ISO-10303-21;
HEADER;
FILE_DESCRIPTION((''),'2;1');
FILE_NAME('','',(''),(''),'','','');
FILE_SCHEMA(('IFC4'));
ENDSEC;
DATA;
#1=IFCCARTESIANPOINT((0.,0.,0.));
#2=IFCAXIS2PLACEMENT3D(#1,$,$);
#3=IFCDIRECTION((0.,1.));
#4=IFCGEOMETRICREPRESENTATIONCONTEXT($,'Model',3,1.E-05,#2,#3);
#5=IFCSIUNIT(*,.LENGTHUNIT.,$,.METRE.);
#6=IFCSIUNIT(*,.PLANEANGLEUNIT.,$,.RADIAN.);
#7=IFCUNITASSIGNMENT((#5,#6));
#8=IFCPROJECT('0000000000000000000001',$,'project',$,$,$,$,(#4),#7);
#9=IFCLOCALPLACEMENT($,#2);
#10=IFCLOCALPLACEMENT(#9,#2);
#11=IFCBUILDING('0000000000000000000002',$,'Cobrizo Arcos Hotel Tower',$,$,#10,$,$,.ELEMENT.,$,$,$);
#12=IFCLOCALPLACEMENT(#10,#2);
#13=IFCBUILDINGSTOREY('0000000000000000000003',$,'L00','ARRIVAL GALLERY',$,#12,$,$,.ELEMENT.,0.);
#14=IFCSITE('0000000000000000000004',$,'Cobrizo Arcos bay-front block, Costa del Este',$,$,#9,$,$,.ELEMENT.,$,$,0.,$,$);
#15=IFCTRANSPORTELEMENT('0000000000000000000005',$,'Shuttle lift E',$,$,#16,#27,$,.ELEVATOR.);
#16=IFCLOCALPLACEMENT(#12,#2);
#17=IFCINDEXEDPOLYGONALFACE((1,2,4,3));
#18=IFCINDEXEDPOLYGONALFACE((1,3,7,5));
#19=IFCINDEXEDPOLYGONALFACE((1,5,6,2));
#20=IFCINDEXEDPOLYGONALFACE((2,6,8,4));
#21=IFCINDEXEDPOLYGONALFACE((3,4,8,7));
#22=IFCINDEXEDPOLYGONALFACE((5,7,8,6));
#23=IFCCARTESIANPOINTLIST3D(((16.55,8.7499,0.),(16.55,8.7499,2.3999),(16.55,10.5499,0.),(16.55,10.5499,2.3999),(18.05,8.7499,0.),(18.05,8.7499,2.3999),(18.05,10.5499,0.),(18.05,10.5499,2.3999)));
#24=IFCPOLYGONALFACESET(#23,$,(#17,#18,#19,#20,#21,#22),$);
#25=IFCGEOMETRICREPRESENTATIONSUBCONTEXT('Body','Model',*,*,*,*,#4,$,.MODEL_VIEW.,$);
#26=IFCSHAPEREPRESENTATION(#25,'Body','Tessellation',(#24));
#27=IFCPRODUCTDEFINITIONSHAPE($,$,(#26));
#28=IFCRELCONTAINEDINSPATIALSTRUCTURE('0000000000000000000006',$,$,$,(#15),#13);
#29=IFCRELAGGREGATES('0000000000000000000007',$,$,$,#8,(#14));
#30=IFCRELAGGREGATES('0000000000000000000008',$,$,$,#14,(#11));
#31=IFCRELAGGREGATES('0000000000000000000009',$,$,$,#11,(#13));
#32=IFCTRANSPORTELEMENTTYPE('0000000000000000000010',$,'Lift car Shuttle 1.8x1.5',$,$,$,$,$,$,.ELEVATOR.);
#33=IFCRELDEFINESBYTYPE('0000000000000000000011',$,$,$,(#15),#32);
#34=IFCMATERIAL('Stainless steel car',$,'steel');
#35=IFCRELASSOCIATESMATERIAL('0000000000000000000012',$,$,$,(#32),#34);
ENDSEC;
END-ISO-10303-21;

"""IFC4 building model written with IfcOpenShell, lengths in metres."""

from ifc_helpers import new_model, si_unit, direction, frame, origin, origin_2d, place, context, subcontext, project, spatial, rectangle, extrude, material, type_object, element, save


model = new_model("IFC4")

# Units and contexts
model_context = context("Model", 3, precision=1e-05, world=origin(), true_north=direction((0.0, 1.0)))
body_context = subcontext(model_context, "Body", "Model", "MODEL_VIEW")
ifc_project = project(units=[si_unit("LENGTHUNIT", "METRE"), si_unit("PLANEANGLEUNIT", "RADIAN")], contexts=[model_context])

# Site, building, storey
site_placement = place(None, origin())
site = spatial("IfcSite", under=ifc_project, at=site_placement, Name="Cobrizo Arcos bay-front block, Costa del Este", CompositionType="ELEMENT", RefElevation=0.0)
building_placement = place(site_placement, origin())
building = spatial("IfcBuilding", under=site, at=building_placement, Name="Cobrizo Arcos Hotel Tower", CompositionType="ELEMENT")
storey_placement = place(building_placement, origin())
storey = spatial("IfcBuildingStorey", under=building, at=storey_placement, Name="L00", Description="ARRIVAL GALLERY", CompositionType="ELEMENT", Elevation=0.0)

# Transport element
ifc_material_1 = material(Name="Stainless steel car", Category="steel")
transport_element_type = type_object("IfcTransportElementType", Name="Lift car Shuttle 1.8x1.5", PredefinedType="ELEVATOR", material=ifc_material_1)
transport_element_placement = place(storey_placement, frame((17.3, 9.6499, 0.0), z_axis=(0.0, 0.0, 1.0), x_axis=(1.0, 0.0, 0.0)))
element("IfcTransportElement", 1, at=transport_element_placement, inside=storey, type_object=transport_element_type, Name="Shuttle lift E", PredefinedType="ELEVATOR", context=body_context, shape_type="SweptSolid", body=[
    extrude(rectangle(XDim=1.5, YDim=1.8, at=origin_2d()), origin(), (0.0, 0.0, 1.0), 2.3999),
])

save(model, "model.ifc")
